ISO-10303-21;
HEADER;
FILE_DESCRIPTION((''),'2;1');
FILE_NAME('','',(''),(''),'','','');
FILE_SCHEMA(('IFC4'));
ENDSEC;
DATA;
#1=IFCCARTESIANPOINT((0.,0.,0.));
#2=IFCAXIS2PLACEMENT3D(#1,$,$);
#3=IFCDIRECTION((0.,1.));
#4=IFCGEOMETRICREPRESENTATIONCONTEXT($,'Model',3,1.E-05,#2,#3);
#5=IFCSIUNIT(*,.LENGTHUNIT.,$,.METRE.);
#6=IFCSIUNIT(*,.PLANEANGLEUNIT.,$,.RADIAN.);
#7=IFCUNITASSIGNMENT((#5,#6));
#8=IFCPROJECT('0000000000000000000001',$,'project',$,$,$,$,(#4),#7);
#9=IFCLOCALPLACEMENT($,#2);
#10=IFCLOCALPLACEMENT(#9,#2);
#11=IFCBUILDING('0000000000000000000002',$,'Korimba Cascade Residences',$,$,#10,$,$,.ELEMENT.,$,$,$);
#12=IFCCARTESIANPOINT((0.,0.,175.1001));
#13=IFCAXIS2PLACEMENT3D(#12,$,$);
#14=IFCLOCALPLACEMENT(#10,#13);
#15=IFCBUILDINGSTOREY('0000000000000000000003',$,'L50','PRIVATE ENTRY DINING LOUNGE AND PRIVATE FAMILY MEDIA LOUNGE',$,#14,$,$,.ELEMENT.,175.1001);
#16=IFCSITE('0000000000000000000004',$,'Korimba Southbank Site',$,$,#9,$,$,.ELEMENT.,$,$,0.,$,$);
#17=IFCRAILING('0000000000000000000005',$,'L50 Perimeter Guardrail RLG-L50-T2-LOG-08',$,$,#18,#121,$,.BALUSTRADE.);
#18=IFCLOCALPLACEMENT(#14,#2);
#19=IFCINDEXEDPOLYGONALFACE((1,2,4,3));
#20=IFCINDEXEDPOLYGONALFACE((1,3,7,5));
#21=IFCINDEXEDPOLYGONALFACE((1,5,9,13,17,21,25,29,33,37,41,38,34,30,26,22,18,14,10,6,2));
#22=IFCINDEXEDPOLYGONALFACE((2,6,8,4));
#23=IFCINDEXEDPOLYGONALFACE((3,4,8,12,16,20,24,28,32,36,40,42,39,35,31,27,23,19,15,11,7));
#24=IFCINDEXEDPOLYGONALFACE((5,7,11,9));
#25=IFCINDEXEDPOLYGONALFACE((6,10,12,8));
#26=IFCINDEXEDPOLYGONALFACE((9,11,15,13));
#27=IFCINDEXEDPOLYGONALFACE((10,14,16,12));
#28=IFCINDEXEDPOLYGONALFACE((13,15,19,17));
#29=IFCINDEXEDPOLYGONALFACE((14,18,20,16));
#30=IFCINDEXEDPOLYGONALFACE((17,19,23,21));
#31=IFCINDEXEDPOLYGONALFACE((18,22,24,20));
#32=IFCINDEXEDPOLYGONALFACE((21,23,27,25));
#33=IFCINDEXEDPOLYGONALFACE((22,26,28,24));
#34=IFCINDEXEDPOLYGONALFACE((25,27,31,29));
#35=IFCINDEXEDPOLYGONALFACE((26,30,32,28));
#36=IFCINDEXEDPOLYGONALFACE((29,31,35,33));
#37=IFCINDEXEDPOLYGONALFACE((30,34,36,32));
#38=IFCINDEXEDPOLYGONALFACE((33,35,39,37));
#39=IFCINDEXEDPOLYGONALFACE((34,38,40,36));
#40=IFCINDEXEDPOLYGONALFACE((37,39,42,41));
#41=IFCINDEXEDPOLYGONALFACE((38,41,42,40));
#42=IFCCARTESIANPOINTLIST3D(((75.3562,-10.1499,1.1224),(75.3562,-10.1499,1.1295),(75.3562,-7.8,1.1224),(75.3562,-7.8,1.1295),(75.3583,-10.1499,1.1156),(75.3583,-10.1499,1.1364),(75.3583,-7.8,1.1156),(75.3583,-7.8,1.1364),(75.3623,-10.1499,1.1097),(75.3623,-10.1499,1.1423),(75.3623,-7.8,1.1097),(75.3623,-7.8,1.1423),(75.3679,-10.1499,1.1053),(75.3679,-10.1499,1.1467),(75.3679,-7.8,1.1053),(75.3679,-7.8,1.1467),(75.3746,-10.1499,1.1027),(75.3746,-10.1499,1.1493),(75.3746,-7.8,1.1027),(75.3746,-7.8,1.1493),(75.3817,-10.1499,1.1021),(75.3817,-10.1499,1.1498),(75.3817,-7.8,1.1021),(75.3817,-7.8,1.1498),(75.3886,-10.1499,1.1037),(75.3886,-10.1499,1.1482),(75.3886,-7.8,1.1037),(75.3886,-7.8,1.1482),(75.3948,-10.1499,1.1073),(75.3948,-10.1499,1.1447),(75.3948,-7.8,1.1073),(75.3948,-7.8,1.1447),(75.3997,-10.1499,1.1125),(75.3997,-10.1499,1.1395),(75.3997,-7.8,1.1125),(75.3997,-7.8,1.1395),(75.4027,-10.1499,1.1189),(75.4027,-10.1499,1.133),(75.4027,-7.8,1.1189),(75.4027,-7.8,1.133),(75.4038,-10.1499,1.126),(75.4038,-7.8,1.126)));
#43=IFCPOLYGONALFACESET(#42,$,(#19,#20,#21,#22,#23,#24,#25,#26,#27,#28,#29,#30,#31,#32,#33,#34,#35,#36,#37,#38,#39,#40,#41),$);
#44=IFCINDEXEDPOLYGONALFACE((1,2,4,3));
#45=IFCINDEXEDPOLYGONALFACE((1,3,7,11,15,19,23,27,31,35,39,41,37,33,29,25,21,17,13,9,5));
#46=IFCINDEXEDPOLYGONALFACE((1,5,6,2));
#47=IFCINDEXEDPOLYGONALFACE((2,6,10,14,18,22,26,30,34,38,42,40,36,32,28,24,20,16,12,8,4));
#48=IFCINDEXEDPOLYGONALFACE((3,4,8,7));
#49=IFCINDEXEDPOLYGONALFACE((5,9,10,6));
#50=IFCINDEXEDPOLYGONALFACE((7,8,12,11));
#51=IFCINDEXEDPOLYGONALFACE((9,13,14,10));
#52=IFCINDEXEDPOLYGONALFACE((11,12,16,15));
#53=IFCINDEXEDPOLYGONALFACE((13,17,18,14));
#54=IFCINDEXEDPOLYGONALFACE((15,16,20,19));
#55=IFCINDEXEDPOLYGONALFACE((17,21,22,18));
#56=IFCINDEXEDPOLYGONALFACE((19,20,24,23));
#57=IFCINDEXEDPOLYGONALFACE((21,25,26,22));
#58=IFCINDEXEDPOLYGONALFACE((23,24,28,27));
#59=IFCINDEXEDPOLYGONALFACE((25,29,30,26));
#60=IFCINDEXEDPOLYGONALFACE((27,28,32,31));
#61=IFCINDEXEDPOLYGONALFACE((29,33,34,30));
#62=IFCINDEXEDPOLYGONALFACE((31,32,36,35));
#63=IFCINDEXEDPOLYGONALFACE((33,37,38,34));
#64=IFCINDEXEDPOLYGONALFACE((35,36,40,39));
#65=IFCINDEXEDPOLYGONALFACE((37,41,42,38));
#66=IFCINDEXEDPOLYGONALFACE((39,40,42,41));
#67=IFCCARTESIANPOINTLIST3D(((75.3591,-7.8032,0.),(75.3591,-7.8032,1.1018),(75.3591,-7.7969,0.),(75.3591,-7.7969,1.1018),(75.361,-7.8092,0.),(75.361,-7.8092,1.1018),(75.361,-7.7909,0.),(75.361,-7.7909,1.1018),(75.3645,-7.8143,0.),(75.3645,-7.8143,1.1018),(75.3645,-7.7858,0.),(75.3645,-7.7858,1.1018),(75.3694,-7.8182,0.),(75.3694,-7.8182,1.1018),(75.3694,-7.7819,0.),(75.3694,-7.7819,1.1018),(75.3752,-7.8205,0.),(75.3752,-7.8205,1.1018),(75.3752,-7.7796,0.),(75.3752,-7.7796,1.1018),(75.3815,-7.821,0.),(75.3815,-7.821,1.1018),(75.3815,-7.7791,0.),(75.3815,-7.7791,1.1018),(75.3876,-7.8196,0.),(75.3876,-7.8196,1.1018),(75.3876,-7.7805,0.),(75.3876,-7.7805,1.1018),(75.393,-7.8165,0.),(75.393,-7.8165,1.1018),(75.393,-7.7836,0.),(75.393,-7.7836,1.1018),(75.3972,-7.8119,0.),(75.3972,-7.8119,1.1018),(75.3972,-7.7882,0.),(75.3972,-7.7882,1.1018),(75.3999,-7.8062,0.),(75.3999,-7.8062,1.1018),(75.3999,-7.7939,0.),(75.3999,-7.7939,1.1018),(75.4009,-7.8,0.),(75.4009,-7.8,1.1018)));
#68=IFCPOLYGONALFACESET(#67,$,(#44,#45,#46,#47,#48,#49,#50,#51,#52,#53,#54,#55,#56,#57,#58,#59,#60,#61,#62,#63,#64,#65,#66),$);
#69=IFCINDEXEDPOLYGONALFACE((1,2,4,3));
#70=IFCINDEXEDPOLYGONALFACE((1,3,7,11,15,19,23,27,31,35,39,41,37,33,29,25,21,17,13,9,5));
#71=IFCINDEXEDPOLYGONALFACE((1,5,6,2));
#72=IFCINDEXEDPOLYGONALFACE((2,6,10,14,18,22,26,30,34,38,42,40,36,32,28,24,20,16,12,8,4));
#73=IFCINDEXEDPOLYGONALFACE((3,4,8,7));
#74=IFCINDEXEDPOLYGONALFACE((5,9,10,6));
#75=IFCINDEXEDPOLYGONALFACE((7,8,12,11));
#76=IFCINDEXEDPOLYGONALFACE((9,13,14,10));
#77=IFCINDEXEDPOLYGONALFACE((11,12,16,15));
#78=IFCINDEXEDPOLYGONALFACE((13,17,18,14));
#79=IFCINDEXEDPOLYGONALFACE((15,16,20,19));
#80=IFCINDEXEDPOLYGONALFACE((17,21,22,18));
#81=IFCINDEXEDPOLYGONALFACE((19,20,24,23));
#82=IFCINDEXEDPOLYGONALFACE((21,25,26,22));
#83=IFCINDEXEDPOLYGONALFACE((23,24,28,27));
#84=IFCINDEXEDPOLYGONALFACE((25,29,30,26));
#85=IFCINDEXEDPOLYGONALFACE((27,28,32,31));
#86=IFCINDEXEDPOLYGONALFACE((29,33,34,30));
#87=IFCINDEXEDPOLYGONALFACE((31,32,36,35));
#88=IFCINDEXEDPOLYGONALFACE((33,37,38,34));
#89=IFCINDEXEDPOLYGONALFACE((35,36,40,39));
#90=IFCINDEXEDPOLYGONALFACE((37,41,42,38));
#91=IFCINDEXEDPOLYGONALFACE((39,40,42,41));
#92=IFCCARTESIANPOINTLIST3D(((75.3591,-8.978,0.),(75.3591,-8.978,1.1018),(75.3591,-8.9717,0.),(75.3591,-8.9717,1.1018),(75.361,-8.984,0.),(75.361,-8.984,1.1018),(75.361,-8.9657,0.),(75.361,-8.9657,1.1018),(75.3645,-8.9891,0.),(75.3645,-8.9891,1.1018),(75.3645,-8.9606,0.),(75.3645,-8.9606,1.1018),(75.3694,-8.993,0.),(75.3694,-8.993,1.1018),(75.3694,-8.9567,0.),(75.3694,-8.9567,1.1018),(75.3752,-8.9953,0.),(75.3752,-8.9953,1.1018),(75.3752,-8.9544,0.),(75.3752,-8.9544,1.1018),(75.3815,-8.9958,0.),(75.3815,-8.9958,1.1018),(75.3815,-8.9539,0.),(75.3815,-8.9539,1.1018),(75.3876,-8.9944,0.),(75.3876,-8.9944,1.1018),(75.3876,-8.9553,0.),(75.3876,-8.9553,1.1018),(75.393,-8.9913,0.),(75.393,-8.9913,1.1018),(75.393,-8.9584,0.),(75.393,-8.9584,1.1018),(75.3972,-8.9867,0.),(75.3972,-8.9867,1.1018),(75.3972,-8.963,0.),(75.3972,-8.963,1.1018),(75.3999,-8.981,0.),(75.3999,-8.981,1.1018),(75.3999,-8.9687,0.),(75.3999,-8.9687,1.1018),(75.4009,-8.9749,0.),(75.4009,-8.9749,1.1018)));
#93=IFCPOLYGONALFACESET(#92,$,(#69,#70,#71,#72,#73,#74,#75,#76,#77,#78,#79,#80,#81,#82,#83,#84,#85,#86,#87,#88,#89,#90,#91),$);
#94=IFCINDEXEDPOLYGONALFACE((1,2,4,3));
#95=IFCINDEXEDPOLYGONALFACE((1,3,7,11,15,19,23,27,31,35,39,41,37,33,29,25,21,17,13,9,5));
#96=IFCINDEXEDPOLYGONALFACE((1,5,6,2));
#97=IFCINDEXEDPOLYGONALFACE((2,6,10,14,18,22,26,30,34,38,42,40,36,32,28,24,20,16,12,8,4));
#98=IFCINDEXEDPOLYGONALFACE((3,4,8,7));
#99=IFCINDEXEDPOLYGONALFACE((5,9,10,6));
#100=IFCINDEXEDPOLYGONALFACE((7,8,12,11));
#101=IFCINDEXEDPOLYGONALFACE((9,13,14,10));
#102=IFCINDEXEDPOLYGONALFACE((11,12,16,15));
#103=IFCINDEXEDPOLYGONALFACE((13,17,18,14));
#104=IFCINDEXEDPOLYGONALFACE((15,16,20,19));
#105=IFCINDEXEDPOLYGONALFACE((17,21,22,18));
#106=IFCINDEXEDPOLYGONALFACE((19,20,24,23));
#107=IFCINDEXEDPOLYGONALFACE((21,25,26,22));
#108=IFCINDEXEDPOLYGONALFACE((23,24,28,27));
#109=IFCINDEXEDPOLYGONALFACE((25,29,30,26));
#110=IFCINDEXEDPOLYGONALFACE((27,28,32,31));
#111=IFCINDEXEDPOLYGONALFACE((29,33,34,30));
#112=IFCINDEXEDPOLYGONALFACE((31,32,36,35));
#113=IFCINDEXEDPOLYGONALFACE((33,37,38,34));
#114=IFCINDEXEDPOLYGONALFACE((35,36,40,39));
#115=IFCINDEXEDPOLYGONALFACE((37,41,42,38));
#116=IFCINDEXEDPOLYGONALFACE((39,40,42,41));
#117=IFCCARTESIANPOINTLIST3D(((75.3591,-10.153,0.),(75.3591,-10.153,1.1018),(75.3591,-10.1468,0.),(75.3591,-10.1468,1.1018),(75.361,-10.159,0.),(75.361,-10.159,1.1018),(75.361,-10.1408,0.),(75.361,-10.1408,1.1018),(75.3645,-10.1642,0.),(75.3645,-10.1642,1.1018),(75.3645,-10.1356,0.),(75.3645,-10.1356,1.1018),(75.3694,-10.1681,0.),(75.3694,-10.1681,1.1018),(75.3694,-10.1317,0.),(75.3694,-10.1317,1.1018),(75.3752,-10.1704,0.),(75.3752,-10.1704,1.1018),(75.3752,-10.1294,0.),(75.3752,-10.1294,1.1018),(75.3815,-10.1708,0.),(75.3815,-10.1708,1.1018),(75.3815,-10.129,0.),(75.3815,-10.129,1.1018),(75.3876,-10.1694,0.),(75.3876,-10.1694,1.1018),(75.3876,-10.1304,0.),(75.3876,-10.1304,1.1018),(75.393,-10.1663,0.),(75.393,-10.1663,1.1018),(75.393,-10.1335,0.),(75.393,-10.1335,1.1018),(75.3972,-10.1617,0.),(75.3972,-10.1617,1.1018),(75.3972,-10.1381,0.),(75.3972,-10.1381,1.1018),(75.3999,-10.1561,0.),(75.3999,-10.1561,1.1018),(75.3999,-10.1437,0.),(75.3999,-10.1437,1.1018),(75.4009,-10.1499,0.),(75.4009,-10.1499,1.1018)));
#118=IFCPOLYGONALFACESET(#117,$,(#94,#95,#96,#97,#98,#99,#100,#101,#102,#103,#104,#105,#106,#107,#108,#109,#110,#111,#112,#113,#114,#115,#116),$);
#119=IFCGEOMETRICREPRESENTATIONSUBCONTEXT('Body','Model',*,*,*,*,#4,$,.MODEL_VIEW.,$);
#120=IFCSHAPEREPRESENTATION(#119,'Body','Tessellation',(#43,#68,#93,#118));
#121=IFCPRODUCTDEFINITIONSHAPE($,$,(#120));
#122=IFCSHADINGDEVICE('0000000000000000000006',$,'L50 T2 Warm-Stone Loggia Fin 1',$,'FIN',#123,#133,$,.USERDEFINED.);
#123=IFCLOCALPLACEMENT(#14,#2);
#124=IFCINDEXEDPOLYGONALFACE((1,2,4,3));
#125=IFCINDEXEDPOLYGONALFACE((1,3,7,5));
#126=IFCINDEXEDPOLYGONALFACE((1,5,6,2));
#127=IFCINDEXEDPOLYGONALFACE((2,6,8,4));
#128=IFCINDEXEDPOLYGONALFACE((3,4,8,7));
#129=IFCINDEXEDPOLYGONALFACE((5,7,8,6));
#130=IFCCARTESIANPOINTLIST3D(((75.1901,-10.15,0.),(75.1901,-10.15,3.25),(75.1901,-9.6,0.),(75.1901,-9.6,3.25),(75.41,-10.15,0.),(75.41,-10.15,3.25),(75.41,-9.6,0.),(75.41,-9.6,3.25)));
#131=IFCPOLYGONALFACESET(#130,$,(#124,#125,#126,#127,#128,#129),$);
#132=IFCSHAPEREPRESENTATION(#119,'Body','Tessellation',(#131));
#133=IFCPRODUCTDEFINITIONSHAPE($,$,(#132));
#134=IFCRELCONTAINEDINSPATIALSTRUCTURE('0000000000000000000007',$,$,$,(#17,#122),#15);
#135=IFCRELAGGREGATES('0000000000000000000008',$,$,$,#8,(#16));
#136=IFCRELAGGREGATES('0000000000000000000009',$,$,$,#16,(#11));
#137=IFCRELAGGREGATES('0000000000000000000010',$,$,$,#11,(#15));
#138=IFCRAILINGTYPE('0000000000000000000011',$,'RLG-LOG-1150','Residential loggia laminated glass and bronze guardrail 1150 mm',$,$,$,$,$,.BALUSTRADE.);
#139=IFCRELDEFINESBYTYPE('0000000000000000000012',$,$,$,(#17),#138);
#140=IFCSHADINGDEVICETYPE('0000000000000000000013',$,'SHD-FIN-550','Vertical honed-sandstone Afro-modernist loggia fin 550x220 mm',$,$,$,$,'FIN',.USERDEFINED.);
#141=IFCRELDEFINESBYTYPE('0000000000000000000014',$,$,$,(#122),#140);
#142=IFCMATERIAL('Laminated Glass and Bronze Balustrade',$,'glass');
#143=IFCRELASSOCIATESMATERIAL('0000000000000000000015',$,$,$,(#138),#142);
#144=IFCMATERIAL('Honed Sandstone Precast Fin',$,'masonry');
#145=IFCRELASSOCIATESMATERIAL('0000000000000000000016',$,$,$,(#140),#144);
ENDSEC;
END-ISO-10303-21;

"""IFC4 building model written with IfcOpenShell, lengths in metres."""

from ifc_helpers import new_model, si_unit, direction, frame, origin, origin_2d, place, context, subcontext, project, spatial, rectangle, circle, extrude, material, type_object, element, save


model = new_model("IFC4")

# Units and contexts
model_context = context("Model", 3, precision=1e-05, world=origin(), true_north=direction((0.0, 1.0)))
body_context = subcontext(model_context, "Body", "Model", "MODEL_VIEW")
ifc_project = project(units=[si_unit("LENGTHUNIT", "METRE"), si_unit("PLANEANGLEUNIT", "RADIAN")], contexts=[model_context])

# Site, building, storey
site_placement = place(None, origin())
site = spatial("IfcSite", under=ifc_project, at=site_placement, Name="Korimba Southbank Site", CompositionType="ELEMENT", RefElevation=0.0)
building_placement = place(site_placement, origin())
building = spatial("IfcBuilding", under=site, at=building_placement, Name="Korimba Cascade Residences", CompositionType="ELEMENT")
storey_placement = place(building_placement, frame((0.0, 0.0, 175.1001)))
storey = spatial("IfcBuildingStorey", under=building, at=storey_placement, Name="L50", Description="PRIVATE ENTRY DINING LOUNGE AND PRIVATE FAMILY MEDIA LOUNGE", CompositionType="ELEMENT", Elevation=175.1001)

# Railing
ifc_material_1 = material(Name="Laminated Glass and Bronze Balustrade", Category="glass")
railing_type = type_object("IfcRailingType", Name="RLG-LOG-1150", Description="Residential loggia laminated glass and bronze guardrail 1150 mm", PredefinedType="BALUSTRADE", material=ifc_material_1)
railing_1_placement = place(storey_placement, frame((75.3799, -7.8, 0.0)))
element("IfcRailing", 1, at=railing_1_placement, inside=storey, type_object=railing_type, Name="L50 Perimeter Guardrail RLG-L50-T2-LOG-08", PredefinedType="BALUSTRADE", context=body_context, shape_type="SweptSolid", body=[
    extrude(circle(Radius=0.0239, at=origin_2d()), frame((0.0, 0.0, 1.126), z_axis=(0.0, -1.0, 0.0), x_axis=(1.0, 0.0, 0.0)), (0.0, 0.0, 1.0), 2.3499),
    extrude(circle(Radius=0.021, at=origin_2d()), origin(), (0.0, 0.0, 1.0), 1.1018),
    extrude(circle(Radius=0.021, at=origin_2d()), frame((0.0, -1.1748, 0.0)), (0.0, 0.0, 1.0), 1.1018),
    extrude(circle(Radius=0.021, at=origin_2d()), frame((0.0, -2.3499, 0.0)), (0.0, 0.0, 1.0), 1.1018),
])

# Shading device
ifc_material_2 = material(Name="Honed Sandstone Precast Fin", Category="masonry")
shading_device_type = type_object("IfcShadingDeviceType", Name="SHD-FIN-550", Description="Vertical honed-sandstone Afro-modernist loggia fin 550x220 mm", ElementType="FIN", PredefinedType="USERDEFINED", material=ifc_material_2)
shading_device_placement = place(storey_placement, frame((75.3, -9.875, 0.0), z_axis=(0.0, 0.0, 1.0), x_axis=(1.0, 0.0, 0.0)))
element("IfcShadingDevice", 2, at=shading_device_placement, inside=storey, type_object=shading_device_type, Name="L50 T2 Warm-Stone Loggia Fin 1", ObjectType="FIN", PredefinedType="USERDEFINED", context=body_context, shape_type="SweptSolid", body=[
    extrude(rectangle(XDim=0.22, YDim=0.55, at=origin_2d()), origin(), (0.0, 0.0, 1.0), 3.25),
])

save(model, "model.ifc")
